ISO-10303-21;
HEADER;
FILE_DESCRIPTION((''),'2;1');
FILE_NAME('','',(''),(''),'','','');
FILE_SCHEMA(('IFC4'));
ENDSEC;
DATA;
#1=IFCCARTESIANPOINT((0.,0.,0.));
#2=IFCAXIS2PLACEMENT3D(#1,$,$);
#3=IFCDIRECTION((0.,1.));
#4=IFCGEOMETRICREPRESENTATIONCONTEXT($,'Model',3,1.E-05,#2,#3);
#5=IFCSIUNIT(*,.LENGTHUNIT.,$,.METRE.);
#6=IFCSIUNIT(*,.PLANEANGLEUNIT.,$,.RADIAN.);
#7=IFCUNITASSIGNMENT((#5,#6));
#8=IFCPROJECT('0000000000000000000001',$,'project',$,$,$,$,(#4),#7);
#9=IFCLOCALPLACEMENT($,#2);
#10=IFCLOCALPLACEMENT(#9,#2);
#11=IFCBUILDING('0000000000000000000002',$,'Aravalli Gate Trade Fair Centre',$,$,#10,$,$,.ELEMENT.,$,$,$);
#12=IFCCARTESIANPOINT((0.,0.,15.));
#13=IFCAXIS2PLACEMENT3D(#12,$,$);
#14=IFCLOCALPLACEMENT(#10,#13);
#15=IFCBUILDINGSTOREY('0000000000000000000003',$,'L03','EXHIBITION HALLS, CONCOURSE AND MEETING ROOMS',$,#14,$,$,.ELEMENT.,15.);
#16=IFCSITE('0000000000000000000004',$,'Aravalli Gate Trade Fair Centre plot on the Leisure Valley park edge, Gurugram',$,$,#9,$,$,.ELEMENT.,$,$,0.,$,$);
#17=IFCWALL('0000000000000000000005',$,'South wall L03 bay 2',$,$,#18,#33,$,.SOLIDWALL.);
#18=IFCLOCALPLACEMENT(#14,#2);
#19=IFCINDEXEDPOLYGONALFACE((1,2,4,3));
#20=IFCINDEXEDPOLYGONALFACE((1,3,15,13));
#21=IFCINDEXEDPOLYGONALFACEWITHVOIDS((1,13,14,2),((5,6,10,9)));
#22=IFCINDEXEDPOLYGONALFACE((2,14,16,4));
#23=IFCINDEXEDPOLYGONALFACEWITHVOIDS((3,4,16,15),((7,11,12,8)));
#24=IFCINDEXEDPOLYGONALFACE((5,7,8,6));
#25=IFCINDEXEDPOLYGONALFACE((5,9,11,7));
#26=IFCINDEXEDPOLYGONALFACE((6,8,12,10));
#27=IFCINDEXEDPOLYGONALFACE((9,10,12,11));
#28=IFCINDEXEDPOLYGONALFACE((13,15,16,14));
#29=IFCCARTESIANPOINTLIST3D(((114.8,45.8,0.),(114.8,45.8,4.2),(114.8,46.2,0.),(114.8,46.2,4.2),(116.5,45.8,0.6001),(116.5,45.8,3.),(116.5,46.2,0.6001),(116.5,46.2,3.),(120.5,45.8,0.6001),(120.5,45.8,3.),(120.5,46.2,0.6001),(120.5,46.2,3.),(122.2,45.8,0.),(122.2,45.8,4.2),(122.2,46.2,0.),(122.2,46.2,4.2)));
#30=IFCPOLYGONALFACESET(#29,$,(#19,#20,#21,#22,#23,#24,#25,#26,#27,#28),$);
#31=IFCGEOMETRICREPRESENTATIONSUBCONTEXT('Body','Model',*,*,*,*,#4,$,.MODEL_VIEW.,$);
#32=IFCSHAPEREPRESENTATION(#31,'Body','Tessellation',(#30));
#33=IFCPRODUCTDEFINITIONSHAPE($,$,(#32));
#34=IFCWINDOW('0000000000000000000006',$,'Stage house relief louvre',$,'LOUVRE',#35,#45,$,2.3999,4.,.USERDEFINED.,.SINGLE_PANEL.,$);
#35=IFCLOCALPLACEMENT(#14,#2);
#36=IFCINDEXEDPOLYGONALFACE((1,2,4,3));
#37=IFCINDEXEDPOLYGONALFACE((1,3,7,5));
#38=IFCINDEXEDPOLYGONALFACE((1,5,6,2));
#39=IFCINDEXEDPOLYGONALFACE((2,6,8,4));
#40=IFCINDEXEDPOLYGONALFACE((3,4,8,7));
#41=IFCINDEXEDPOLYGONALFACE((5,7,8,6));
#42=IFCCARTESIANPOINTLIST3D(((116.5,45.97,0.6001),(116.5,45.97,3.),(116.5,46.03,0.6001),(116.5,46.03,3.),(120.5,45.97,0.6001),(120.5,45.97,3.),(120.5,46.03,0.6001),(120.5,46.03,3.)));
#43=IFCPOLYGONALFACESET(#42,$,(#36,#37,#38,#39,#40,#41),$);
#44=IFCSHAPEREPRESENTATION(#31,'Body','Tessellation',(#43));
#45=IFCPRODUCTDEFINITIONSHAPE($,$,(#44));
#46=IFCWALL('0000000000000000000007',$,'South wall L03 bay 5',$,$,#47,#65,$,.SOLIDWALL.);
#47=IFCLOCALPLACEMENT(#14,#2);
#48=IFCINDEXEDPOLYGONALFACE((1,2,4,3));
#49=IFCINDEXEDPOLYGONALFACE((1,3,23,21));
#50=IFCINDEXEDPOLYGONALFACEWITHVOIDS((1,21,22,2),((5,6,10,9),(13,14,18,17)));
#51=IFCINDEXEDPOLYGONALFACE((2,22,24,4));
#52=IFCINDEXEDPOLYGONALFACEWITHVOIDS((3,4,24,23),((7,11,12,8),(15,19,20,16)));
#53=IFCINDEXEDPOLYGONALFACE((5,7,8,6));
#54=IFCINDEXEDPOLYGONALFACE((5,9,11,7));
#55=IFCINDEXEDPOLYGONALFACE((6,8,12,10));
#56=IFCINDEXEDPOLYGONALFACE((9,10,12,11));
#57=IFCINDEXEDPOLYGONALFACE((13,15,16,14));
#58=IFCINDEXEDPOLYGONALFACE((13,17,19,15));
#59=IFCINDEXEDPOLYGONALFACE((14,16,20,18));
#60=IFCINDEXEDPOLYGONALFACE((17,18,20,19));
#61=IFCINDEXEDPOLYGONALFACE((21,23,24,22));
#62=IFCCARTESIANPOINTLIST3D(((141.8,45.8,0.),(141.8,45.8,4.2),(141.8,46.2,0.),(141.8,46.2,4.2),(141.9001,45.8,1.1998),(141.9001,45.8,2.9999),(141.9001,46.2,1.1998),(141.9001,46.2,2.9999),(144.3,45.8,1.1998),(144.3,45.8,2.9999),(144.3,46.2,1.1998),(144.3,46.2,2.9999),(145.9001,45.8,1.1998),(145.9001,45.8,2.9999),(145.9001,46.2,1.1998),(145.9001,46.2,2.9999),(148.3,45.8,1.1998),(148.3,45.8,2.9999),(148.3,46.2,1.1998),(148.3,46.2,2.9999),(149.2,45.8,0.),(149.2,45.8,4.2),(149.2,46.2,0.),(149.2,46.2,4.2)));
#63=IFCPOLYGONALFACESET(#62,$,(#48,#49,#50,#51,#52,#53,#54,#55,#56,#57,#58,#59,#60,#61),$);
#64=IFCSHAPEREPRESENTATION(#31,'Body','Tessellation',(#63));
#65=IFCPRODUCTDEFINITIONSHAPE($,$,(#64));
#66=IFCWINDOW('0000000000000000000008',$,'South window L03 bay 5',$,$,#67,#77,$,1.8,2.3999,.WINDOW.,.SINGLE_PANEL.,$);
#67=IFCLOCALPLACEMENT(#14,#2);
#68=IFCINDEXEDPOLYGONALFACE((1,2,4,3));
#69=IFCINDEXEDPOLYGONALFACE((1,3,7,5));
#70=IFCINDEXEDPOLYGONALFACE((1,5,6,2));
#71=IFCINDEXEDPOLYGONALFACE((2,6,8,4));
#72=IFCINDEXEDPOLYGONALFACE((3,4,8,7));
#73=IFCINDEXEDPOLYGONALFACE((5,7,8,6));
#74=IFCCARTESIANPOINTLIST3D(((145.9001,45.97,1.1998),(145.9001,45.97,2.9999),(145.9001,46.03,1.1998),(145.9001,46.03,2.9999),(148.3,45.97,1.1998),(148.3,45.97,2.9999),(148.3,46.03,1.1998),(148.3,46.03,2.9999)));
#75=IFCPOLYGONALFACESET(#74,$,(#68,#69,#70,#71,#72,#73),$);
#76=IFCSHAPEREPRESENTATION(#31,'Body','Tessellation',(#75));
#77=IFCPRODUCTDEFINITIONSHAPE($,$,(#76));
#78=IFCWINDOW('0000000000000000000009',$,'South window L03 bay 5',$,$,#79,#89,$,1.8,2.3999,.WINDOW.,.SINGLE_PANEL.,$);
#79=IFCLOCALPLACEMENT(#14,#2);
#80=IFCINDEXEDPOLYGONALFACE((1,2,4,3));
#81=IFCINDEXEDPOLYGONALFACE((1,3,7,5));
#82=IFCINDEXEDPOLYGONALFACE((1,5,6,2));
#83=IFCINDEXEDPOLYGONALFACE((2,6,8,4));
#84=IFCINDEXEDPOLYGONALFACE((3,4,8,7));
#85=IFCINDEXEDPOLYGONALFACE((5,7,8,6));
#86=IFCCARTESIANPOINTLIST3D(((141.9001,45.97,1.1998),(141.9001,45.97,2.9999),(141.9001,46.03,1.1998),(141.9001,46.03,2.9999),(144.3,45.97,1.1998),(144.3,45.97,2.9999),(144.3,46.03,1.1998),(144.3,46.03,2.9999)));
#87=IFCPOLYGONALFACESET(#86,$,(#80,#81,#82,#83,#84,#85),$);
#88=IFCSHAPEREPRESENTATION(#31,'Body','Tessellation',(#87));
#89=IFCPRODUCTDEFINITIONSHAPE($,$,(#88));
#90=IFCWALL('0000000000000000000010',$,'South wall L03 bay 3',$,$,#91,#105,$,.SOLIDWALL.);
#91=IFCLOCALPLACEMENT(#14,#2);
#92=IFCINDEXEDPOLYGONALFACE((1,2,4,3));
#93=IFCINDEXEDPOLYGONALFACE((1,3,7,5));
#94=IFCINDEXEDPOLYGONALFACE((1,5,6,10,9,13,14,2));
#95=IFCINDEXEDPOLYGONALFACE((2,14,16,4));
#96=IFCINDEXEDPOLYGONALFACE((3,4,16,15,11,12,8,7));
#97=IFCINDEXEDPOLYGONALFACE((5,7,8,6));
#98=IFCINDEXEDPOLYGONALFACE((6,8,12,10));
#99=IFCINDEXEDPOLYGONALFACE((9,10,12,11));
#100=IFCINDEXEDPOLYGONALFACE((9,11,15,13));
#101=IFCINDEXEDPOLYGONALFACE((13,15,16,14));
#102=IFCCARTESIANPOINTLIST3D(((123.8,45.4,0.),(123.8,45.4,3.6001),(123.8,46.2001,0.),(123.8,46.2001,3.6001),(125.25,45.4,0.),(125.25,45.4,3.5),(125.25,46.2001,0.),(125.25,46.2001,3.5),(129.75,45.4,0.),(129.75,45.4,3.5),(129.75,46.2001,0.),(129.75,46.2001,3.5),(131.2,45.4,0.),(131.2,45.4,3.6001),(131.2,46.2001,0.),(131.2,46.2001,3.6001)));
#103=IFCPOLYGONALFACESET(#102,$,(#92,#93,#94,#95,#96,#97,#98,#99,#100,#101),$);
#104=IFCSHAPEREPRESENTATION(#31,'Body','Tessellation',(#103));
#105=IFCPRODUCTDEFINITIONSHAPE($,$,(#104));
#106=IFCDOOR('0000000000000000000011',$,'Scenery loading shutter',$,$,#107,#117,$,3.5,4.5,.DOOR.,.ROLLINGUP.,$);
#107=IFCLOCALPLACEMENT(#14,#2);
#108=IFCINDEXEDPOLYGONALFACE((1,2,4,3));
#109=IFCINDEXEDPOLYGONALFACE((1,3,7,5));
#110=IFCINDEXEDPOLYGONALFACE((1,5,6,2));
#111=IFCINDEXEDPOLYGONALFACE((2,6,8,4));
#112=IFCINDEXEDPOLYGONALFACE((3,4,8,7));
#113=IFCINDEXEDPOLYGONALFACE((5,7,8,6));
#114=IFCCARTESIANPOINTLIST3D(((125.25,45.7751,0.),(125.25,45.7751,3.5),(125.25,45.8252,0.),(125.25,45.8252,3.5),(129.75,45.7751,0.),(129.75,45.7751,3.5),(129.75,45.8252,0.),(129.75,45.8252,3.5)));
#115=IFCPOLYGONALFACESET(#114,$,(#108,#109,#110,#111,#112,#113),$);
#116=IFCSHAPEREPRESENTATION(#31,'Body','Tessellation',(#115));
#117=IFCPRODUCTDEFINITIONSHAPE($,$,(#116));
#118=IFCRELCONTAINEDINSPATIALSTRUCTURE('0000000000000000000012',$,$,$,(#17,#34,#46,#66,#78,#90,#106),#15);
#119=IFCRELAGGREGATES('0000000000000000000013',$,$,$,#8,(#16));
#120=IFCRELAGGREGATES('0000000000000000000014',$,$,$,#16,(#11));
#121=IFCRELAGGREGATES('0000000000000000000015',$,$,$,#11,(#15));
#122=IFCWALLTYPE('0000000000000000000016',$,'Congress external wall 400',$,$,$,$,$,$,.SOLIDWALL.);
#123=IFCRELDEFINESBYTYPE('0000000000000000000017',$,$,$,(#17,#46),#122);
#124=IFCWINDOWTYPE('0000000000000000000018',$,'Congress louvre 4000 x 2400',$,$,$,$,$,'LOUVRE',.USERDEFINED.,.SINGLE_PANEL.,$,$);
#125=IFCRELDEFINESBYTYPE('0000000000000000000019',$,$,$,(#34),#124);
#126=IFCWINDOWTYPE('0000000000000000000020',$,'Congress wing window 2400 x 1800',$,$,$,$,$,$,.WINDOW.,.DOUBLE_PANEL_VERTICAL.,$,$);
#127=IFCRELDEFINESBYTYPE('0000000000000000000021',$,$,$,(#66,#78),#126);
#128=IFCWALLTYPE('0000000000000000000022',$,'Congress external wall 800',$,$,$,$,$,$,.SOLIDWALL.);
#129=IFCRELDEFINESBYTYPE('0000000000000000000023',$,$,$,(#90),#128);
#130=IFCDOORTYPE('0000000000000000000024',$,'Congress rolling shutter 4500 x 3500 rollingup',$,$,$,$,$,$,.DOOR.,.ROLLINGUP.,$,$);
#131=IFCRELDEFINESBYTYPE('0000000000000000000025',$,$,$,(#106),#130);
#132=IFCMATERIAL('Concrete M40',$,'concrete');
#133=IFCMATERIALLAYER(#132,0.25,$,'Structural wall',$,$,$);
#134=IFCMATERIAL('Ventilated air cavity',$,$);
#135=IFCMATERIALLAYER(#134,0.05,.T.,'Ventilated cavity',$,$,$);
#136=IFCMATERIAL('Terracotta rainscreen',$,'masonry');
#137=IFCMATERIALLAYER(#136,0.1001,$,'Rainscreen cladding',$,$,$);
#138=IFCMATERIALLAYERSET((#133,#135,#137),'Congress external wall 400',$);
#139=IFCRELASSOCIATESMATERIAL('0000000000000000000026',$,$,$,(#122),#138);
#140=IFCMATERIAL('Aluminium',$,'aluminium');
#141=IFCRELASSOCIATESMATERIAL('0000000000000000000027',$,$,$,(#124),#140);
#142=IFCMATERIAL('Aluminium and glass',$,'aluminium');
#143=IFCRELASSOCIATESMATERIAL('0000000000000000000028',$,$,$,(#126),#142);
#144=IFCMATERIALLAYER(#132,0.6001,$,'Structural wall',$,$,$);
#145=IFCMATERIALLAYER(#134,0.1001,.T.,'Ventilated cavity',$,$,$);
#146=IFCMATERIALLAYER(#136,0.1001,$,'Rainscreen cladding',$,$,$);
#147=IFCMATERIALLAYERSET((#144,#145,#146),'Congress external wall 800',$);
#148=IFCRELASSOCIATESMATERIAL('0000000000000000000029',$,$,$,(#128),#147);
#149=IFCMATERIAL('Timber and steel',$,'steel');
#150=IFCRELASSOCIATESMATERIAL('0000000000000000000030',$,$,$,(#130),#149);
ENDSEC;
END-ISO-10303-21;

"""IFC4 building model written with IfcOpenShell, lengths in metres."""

from ifc_helpers import new_model, si_unit, direction, frame, frame_2d, origin, place, context, subcontext, project, spatial, rectangle, extrude, material, layer, layer_set, type_object, element, fill, save


model = new_model("IFC4")

# Units and contexts
model_context = context("Model", 3, precision=1e-05, world=origin(), true_north=direction((0.0, 1.0)))
body_context = subcontext(model_context, "Body", "Model", "MODEL_VIEW")
ifc_project = project(units=[si_unit("LENGTHUNIT", "METRE"), si_unit("PLANEANGLEUNIT", "RADIAN")], contexts=[model_context])

# Site, building, storey
site_placement = place(None, origin())
site = spatial("IfcSite", under=ifc_project, at=site_placement, Name="Aravalli Gate Trade Fair Centre plot on the Leisure Valley park edge, Gurugram", CompositionType="ELEMENT", RefElevation=0.0)
building_placement = place(site_placement, origin())
building = spatial("IfcBuilding", under=site, at=building_placement, Name="Aravalli Gate Trade Fair Centre", CompositionType="ELEMENT")
storey_placement = place(building_placement, frame((0.0, 0.0, 15.0)))
storey = spatial("IfcBuildingStorey", under=building, at=storey_placement, Name="L03", Description="EXHIBITION HALLS, CONCOURSE AND MEETING ROOMS", CompositionType="ELEMENT", Elevation=15.0)

# Shared definitions
ifc_material_1 = material(Name="Concrete M40", Category="concrete")

# Wall, opening, window
ifc_layer_1 = layer(ifc_material_1, 0.25, Name="Structural wall")
ifc_material_2 = material(Name="Ventilated air cavity")
ifc_layer_2 = layer(ifc_material_2, 0.05, ventilated=True, Name="Ventilated cavity")
ifc_material_3 = material(Name="Terracotta rainscreen", Category="masonry")
ifc_layer_3 = layer(ifc_material_3, 0.1001, Name="Rainscreen cladding")
ifc_layer_set_1 = layer_set([ifc_layer_1, ifc_layer_2, ifc_layer_3], Name="Congress external wall 400")
wall_type_1 = type_object("IfcWallType", Name="Congress external wall 400", PredefinedType="SOLIDWALL", material=ifc_layer_set_1)
wall_1_placement = place(storey_placement, frame((114.8, 46.0, 0.0), z_axis=(0.0, 0.0, 1.0), x_axis=(1.0, 0.0, 0.0)))
wall_1 = element("IfcWall", 1, at=wall_1_placement, inside=storey, type_object=wall_type_1, Name="South wall L03 bay 2", PredefinedType="SOLIDWALL", context=body_context, shape_type="SweptSolid", body=[
    extrude(rectangle(XDim=7.3999, YDim=0.3999, at=frame_2d((3.7, 0.0))), origin(), (0.0, 0.0, 1.0), 4.2),
])
opening_1_placement = place(wall_1_placement, frame((1.7, 0.0, 0.6001)))
opening_1 = element("IfcOpeningElement", 2, at=opening_1_placement, cuts=wall_1, PredefinedType="OPENING", context=body_context, shape_type="SweptSolid", body=[
    extrude(rectangle(XDim=4.0, YDim=2.3999, at=frame_2d((2.0, 1.2))), frame((0.0, 0.21, 0.0), z_axis=(0.0, -1.0, 0.0), x_axis=(1.0, 0.0, 0.0)), (0.0, 0.0, 1.0), 0.4199),
])
ifc_material_4 = material(Name="Aluminium", Category="aluminium")
window_type_1 = type_object("IfcWindowType", Name="Congress louvre 4000 x 2400", ElementType="LOUVRE", PartitioningType="SINGLE_PANEL", PredefinedType="USERDEFINED", material=ifc_material_4)
window_1_placement = place(opening_1_placement, origin())
window_1 = element("IfcWindow", 3, at=window_1_placement, inside=storey, type_object=window_type_1, Name="Stage house relief louvre", ObjectType="LOUVRE", OverallHeight=2.3999, OverallWidth=4.0, PartitioningType="SINGLE_PANEL", PredefinedType="USERDEFINED", context=body_context, shape_type="SweptSolid", body=[
    extrude(rectangle(XDim=4.0, YDim=2.3999, at=frame_2d((2.0, 1.2))), frame((0.0, 0.03, 0.0), z_axis=(0.0, -1.0, 0.0), x_axis=(1.0, 0.0, 0.0)), (0.0, 0.0, 1.0), 0.0601),
])
fill(opening_1, window_1)

# Wall, openings, windows
wall_2_placement = place(storey_placement, frame((141.8, 46.0, 0.0), z_axis=(0.0, 0.0, 1.0), x_axis=(1.0, 0.0, 0.0)))
wall_2 = element("IfcWall", 4, at=wall_2_placement, inside=storey, type_object=wall_type_1, Name="South wall L03 bay 5", PredefinedType="SOLIDWALL", context=body_context, shape_type="SweptSolid", body=[
    extrude(rectangle(XDim=7.3999, YDim=0.3999, at=frame_2d((3.7, 0.0))), origin(), (0.0, 0.0, 1.0), 4.2),
])
opening_2_placement = place(wall_2_placement, frame((4.1001, 0.0, 1.2)))
opening_2 = element("IfcOpeningElement", 5, at=opening_2_placement, cuts=wall_2, PredefinedType="OPENING", context=body_context, shape_type="SweptSolid", body=[
    extrude(rectangle(XDim=2.3999, YDim=1.8, at=frame_2d((1.2, 0.8999))), frame((0.0, 0.21, 0.0), z_axis=(0.0, -1.0, 0.0), x_axis=(1.0, 0.0, 0.0)), (0.0, 0.0, 1.0), 0.4199),
])
opening_3_placement = place(wall_2_placement, frame((0.1001, 0.0, 1.2)))
opening_3 = element("IfcOpeningElement", 6, at=opening_3_placement, cuts=wall_2, PredefinedType="OPENING", context=body_context, shape_type="SweptSolid", body=[
    extrude(rectangle(XDim=2.3999, YDim=1.8, at=frame_2d((1.2, 0.8999))), frame((0.0, 0.21, 0.0), z_axis=(0.0, -1.0, 0.0), x_axis=(1.0, 0.0, 0.0)), (0.0, 0.0, 1.0), 0.4199),
])
ifc_material_5 = material(Name="Aluminium and glass", Category="aluminium")
window_type_2 = type_object("IfcWindowType", Name="Congress wing window 2400 x 1800", PartitioningType="DOUBLE_PANEL_VERTICAL", PredefinedType="WINDOW", material=ifc_material_5)
window_2_placement = place(opening_2_placement, origin())
window_2 = element("IfcWindow", 7, at=window_2_placement, inside=storey, type_object=window_type_2, Name="South window L03 bay 5", OverallHeight=1.8, OverallWidth=2.3999, PartitioningType="SINGLE_PANEL", PredefinedType="WINDOW", context=body_context, shape_type="SweptSolid", body=[
    extrude(rectangle(XDim=2.3999, YDim=1.8, at=frame_2d((1.2, 0.8999))), frame((0.0, 0.03, 0.0), z_axis=(0.0, -1.0, 0.0), x_axis=(1.0, 0.0, 0.0)), (0.0, 0.0, 1.0), 0.0601),
])
fill(opening_2, window_2)
window_3_placement = place(opening_3_placement, origin())
window_3 = element("IfcWindow", 8, at=window_3_placement, inside=storey, type_object=window_type_2, Name="South window L03 bay 5", OverallHeight=1.8, OverallWidth=2.3999, PartitioningType="SINGLE_PANEL", PredefinedType="WINDOW", context=body_context, shape_type="SweptSolid", body=[
    extrude(rectangle(XDim=2.3999, YDim=1.8, at=frame_2d((1.2, 0.8999))), frame((0.0, 0.03, 0.0), z_axis=(0.0, -1.0, 0.0), x_axis=(1.0, 0.0, 0.0)), (0.0, 0.0, 1.0), 0.0601),
])
fill(opening_3, window_3)

# Wall, opening, door
ifc_layer_4 = layer(ifc_material_1, 0.6001, Name="Structural wall")
ifc_layer_5 = layer(ifc_material_2, 0.1001, ventilated=True, Name="Ventilated cavity")
ifc_layer_6 = layer(ifc_material_3, 0.1001, Name="Rainscreen cladding")
ifc_layer_set_2 = layer_set([ifc_layer_4, ifc_layer_5, ifc_layer_6], Name="Congress external wall 800")
wall_type_2 = type_object("IfcWallType", Name="Congress external wall 800", PredefinedType="SOLIDWALL", material=ifc_layer_set_2)
wall_3_placement = place(storey_placement, frame((123.8, 45.8, 0.0), z_axis=(0.0, 0.0, 1.0), x_axis=(1.0, 0.0, 0.0)))
wall_3 = element("IfcWall", 9, at=wall_3_placement, inside=storey, type_object=wall_type_2, Name="South wall L03 bay 3", PredefinedType="SOLIDWALL", context=body_context, shape_type="SweptSolid", body=[
    extrude(rectangle(XDim=7.3999, YDim=0.8, at=frame_2d((3.7, 0.0))), origin(), (0.0, 0.0, 1.0), 3.6001),
])
opening_4_placement = place(wall_3_placement, frame((1.45, 0.0, 0.0)))
opening_4 = element("IfcOpeningElement", 10, at=opening_4_placement, cuts=wall_3, PredefinedType="OPENING", context=body_context, shape_type="SweptSolid", body=[
    extrude(rectangle(XDim=4.5, YDim=3.5, at=frame_2d((2.25, 1.75))), frame((0.0, 0.4099, 0.0), z_axis=(0.0, -1.0, 0.0), x_axis=(1.0, 0.0, 0.0)), (0.0, 0.0, 1.0), 0.8201),
])
ifc_material_6 = material(Name="Timber and steel", Category="steel")
door_type_1 = type_object("IfcDoorType", Name="Congress rolling shutter 4500 x 3500 rollingup", OperationType="ROLLINGUP", PredefinedType="DOOR", material=ifc_material_6)
door_1_placement = place(opening_4_placement, frame((4.5, 0.0, 0.0), z_axis=(0.0, 0.0, 1.0), x_axis=(-1.0, 0.0, 0.0)))
door_1 = element("IfcDoor", 11, at=door_1_placement, inside=storey, type_object=door_type_1, Name="Scenery loading shutter", OperationType="ROLLINGUP", OverallHeight=3.5, OverallWidth=4.5, PredefinedType="DOOR", context=body_context, shape_type="SweptSolid", body=[
    extrude(rectangle(XDim=4.5, YDim=3.5, at=frame_2d((2.25, 1.75))), frame((0.0, 0.0249, 0.0), z_axis=(0.0, -1.0, 0.0), x_axis=(1.0, 0.0, 0.0)), (0.0, 0.0, 1.0), 0.05),
])
fill(opening_4, door_1)

save(model, "model.ifc")
